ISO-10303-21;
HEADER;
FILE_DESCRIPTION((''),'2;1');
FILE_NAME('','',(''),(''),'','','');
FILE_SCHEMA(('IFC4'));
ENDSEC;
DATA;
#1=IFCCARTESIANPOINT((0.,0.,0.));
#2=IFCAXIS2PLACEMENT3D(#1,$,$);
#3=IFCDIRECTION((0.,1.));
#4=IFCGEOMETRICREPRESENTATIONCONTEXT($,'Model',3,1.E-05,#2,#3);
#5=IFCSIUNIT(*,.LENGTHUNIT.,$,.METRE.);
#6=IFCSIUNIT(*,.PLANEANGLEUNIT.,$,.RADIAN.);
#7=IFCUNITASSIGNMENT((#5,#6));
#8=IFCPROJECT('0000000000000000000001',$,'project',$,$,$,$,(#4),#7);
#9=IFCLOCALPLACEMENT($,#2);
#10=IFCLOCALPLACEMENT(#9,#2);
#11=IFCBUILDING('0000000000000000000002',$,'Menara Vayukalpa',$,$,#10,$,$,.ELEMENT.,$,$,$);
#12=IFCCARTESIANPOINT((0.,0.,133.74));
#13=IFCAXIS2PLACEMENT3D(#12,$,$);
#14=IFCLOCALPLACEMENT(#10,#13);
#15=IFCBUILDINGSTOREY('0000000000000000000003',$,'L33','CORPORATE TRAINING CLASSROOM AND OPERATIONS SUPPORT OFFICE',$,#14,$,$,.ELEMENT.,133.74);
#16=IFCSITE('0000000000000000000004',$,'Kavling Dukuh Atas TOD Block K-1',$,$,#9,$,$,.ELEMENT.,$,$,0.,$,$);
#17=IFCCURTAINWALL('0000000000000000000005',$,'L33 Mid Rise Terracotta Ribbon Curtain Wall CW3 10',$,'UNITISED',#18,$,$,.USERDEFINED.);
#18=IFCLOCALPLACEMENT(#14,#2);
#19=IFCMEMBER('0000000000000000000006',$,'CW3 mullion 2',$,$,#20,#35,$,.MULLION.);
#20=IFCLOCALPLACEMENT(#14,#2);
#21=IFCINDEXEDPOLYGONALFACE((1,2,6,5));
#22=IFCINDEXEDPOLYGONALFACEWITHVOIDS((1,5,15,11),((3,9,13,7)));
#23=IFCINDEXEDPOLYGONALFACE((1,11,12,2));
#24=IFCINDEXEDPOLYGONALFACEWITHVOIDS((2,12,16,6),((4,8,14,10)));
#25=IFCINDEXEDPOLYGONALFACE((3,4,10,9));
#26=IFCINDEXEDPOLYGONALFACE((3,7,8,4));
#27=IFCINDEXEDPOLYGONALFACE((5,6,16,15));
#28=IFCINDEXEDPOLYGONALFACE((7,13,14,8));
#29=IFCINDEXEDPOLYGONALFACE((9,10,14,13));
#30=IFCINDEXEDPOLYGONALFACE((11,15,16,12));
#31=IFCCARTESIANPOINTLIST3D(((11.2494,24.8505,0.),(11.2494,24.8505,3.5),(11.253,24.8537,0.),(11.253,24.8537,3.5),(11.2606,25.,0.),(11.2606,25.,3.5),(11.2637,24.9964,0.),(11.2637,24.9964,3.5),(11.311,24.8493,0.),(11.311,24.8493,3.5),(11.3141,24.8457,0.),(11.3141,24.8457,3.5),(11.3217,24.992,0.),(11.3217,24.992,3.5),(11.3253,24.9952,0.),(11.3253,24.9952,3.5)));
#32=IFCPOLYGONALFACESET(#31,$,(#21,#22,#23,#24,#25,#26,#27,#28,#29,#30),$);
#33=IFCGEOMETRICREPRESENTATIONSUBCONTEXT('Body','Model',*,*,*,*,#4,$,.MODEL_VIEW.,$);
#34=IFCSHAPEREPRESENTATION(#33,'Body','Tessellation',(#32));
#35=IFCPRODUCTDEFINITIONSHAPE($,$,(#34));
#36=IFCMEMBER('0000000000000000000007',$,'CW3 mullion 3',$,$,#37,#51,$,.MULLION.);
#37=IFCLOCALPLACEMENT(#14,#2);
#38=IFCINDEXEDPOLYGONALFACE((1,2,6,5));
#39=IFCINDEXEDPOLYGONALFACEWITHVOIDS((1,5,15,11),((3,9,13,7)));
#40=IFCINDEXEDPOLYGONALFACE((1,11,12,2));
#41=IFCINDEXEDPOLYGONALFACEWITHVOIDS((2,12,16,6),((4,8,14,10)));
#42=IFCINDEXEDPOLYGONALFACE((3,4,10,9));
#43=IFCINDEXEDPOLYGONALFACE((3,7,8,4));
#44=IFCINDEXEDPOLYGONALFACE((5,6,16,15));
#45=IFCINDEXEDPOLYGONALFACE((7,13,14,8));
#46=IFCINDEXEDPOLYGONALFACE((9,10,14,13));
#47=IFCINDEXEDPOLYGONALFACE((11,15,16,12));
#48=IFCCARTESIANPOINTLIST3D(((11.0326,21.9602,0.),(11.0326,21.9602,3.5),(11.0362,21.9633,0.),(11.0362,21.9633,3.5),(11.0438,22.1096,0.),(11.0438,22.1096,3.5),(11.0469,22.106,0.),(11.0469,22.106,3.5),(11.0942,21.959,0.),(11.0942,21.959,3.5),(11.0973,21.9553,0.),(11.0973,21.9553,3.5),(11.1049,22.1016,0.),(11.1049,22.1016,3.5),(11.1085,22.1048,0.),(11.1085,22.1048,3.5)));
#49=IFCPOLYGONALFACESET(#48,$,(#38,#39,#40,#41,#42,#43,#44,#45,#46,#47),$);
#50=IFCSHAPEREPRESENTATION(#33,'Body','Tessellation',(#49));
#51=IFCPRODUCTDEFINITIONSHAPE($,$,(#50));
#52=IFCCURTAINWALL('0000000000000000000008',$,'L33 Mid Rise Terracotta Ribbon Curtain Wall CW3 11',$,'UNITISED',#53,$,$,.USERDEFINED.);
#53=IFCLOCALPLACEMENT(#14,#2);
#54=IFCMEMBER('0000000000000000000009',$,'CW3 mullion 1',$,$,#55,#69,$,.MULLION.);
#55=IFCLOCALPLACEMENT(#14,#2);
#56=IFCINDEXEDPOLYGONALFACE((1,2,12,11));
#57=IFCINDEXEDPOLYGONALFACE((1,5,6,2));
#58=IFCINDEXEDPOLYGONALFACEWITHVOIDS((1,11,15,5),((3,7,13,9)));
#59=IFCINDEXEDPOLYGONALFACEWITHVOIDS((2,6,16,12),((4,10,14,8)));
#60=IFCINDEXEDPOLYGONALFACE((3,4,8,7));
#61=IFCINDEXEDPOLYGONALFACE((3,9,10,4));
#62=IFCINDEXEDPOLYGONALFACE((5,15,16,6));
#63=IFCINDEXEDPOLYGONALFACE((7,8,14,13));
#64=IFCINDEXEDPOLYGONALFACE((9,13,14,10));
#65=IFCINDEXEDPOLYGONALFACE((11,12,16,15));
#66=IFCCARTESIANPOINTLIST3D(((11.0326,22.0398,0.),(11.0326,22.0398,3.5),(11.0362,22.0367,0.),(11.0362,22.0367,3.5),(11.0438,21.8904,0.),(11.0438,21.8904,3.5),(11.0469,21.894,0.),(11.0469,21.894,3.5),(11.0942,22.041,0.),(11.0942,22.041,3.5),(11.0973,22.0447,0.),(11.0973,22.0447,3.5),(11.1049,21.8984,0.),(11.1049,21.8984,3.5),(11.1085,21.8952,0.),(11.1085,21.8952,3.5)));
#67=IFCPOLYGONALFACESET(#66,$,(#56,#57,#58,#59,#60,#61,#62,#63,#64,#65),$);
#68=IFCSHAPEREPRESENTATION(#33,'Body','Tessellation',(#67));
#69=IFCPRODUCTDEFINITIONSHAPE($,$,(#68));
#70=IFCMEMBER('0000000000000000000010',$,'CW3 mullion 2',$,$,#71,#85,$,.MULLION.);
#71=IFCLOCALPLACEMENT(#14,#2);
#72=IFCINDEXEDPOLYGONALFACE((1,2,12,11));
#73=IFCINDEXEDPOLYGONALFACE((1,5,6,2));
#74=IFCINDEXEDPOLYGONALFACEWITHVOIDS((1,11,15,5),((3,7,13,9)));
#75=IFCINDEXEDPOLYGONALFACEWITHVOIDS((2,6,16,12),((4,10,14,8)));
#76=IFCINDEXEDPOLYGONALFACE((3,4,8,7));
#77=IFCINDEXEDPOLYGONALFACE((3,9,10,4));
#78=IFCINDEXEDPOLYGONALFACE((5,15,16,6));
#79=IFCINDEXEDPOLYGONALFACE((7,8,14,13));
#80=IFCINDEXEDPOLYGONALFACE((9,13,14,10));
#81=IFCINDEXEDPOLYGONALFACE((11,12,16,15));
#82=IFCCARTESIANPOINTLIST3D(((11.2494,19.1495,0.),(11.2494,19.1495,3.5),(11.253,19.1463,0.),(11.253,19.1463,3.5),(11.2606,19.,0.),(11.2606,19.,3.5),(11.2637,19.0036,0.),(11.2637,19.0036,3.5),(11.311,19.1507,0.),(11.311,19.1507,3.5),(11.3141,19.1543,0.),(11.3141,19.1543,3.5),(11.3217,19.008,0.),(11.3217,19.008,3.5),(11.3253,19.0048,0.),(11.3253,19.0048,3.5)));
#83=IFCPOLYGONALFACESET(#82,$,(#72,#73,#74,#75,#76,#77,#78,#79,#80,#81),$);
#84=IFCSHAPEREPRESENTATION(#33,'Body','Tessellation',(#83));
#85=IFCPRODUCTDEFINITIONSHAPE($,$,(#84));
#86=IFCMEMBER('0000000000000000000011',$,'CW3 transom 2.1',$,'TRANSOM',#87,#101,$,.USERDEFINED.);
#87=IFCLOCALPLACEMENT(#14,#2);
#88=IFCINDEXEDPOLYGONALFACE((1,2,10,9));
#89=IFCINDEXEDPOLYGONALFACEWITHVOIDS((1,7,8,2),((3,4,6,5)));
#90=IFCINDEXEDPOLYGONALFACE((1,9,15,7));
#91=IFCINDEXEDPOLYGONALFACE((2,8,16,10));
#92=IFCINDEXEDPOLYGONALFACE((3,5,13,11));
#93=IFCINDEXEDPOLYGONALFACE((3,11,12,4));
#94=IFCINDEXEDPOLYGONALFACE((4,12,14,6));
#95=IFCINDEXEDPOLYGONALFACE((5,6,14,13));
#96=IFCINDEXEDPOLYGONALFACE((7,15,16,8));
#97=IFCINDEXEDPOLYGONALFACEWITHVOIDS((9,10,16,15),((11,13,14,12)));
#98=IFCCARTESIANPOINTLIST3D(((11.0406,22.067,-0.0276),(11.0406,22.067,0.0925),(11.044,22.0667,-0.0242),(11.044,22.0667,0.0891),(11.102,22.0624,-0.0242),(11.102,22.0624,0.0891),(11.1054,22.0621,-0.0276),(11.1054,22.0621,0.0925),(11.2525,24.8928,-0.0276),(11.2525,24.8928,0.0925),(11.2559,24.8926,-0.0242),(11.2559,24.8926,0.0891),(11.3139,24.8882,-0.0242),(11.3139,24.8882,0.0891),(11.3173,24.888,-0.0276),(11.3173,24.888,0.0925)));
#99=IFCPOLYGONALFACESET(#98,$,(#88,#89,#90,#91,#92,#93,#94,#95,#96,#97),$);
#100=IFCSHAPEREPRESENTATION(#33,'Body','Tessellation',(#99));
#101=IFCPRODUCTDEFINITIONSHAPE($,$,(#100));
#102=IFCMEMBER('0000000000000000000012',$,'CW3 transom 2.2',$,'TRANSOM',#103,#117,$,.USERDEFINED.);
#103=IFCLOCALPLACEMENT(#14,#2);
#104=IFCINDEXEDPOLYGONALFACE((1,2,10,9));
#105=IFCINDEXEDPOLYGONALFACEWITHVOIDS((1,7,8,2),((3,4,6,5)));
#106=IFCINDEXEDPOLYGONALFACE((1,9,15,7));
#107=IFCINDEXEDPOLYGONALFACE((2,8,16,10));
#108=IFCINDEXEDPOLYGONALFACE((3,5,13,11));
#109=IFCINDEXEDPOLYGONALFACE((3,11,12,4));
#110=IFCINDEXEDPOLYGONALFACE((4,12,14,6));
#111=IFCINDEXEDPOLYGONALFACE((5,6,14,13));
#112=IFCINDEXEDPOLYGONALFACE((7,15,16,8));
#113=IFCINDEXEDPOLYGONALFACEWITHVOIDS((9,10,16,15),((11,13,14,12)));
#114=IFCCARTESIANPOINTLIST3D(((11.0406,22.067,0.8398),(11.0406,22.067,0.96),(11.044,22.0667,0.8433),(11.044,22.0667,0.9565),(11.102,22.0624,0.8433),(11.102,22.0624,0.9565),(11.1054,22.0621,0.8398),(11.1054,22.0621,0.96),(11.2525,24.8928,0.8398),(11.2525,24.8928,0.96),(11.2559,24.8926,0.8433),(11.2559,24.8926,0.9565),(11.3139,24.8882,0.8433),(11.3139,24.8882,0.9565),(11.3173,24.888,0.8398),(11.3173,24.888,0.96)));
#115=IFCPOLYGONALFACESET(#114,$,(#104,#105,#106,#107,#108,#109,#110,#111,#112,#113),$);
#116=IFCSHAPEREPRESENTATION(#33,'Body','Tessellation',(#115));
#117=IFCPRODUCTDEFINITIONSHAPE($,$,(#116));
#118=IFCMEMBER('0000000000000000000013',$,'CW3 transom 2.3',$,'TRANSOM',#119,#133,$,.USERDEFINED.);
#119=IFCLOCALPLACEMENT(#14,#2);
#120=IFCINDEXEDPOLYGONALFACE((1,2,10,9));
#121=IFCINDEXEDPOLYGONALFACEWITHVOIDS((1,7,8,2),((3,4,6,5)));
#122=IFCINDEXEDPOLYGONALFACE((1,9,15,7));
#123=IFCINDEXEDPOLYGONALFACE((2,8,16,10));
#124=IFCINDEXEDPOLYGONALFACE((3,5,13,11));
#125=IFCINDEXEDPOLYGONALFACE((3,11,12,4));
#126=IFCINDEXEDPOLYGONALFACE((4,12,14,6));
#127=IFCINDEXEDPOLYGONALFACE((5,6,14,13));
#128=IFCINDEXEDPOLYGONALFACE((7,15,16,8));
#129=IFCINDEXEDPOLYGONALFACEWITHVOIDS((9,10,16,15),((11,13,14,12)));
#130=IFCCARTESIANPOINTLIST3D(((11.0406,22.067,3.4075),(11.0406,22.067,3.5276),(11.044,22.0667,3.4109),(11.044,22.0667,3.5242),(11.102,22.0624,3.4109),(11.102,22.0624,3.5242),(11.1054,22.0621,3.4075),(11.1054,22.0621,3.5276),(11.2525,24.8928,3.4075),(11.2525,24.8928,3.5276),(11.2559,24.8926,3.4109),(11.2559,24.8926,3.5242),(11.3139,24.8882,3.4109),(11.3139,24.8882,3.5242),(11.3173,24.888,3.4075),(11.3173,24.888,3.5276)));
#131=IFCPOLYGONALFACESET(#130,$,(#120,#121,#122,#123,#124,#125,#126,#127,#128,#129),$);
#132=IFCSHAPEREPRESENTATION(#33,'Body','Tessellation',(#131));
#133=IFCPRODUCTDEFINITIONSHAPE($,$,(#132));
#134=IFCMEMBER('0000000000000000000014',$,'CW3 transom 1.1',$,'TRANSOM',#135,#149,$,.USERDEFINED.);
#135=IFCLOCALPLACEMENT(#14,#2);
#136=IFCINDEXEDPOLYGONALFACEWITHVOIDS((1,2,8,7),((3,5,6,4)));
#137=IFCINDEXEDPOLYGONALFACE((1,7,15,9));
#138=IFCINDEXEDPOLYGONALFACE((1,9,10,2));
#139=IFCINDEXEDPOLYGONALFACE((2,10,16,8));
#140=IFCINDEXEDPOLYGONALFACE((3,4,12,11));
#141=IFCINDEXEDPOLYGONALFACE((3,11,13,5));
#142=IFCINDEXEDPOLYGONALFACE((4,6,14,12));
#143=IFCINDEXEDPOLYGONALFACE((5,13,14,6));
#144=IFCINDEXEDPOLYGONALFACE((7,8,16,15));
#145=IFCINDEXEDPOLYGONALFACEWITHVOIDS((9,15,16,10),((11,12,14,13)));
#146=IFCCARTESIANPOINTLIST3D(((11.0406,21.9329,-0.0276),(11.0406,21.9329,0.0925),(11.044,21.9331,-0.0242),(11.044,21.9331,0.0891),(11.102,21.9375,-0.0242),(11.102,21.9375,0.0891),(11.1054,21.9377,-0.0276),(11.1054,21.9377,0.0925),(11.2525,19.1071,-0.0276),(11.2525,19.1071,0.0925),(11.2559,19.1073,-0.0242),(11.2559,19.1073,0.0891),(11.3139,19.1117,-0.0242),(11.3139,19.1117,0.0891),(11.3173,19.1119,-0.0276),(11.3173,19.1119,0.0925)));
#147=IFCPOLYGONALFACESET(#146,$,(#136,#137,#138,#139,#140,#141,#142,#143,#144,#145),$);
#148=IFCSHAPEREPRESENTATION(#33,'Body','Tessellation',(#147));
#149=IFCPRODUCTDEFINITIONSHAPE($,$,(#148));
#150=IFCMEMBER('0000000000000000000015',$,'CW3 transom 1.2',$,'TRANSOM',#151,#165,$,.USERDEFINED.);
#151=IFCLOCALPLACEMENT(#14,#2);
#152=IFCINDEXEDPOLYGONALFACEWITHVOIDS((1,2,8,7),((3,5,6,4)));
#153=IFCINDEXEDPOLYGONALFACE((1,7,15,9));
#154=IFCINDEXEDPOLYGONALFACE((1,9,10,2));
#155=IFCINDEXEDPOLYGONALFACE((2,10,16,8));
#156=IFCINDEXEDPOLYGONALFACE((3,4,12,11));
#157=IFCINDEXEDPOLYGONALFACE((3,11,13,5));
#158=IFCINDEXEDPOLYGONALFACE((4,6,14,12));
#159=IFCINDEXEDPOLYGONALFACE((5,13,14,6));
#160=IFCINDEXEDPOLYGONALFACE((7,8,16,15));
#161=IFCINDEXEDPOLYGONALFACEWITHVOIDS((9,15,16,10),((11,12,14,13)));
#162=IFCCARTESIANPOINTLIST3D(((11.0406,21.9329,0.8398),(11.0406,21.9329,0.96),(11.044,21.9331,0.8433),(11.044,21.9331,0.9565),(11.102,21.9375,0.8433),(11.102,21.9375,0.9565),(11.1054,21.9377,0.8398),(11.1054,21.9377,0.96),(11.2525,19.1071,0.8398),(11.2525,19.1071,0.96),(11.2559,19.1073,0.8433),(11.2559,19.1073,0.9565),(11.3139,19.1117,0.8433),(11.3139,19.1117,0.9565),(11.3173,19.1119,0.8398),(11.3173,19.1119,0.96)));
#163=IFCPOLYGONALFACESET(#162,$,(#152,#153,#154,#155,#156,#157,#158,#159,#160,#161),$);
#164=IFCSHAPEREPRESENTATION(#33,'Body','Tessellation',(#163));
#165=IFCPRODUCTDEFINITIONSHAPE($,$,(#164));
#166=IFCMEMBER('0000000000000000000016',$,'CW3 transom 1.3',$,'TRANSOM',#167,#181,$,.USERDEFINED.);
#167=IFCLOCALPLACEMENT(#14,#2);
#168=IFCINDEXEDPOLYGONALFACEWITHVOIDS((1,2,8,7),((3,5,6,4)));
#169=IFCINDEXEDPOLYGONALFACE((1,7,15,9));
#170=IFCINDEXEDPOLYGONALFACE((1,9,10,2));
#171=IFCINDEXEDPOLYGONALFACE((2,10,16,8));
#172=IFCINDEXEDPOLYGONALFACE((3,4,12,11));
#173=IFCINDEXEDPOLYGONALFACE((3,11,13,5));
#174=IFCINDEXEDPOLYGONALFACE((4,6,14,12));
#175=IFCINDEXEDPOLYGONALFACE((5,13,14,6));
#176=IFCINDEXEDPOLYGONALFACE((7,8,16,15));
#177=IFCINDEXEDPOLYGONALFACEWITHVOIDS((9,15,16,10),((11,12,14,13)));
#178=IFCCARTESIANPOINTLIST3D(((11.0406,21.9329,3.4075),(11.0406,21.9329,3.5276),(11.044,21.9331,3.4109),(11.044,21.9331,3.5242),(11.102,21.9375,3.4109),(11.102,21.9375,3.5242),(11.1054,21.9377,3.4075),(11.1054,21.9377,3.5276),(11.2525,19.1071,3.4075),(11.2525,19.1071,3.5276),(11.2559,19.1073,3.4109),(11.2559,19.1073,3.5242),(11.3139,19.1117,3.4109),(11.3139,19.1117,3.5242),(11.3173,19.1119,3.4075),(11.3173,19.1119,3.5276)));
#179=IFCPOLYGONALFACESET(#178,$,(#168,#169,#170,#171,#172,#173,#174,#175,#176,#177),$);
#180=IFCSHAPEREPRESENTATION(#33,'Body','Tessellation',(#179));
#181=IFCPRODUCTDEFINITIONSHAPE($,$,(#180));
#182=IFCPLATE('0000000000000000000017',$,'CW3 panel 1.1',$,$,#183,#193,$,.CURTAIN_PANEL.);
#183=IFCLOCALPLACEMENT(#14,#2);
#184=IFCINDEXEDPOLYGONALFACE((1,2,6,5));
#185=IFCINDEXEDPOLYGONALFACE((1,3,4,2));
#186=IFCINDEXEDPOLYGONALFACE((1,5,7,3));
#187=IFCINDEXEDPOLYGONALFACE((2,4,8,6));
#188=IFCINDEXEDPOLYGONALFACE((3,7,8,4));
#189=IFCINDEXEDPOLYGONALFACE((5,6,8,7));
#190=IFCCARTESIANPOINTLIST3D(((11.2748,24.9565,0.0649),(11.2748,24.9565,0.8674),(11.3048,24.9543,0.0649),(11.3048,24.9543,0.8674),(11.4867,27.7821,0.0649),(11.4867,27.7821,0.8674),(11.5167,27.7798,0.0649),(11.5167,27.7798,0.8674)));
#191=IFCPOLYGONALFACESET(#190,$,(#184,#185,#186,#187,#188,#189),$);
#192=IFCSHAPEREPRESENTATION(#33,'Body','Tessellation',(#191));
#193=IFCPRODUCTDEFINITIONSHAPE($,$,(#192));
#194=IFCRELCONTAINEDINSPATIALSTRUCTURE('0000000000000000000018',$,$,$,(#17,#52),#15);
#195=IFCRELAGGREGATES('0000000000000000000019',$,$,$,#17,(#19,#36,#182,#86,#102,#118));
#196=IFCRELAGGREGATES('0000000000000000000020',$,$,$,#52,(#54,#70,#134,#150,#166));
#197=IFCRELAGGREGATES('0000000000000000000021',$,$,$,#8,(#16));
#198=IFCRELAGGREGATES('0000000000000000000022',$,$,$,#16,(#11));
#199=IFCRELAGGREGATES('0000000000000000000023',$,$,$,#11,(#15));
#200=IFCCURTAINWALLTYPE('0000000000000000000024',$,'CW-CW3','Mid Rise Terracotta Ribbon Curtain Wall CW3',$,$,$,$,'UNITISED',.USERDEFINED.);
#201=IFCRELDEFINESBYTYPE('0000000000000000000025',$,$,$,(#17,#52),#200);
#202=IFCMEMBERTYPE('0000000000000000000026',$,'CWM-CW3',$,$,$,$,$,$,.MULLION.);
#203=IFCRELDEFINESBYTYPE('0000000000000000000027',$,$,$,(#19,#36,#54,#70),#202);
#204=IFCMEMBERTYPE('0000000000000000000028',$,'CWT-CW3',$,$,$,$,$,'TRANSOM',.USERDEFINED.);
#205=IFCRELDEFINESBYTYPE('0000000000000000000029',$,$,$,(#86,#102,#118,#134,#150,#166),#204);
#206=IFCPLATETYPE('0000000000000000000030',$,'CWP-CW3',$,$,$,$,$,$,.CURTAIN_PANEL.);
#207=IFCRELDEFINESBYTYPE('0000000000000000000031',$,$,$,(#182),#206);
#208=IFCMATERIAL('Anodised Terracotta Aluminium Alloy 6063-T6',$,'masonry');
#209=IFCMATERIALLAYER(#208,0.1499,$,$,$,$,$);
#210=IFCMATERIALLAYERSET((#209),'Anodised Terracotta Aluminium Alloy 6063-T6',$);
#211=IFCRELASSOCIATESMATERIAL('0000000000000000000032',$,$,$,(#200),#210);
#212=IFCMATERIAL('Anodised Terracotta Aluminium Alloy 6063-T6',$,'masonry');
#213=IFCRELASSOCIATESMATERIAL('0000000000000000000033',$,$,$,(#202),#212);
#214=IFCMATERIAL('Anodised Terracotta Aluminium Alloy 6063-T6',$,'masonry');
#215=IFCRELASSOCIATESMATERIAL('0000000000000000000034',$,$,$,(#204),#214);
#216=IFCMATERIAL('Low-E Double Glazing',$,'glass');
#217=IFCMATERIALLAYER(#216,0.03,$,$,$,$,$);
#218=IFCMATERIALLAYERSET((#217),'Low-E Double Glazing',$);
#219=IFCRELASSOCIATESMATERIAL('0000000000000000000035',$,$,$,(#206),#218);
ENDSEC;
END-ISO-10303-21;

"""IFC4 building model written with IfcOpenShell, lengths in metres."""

from ifc_helpers import new_model, si_unit, direction, frame, origin, origin_2d, place, context, subcontext, project, spatial, rectangle, hollow_rectangle, extrude, material, layer, layer_set, material_profile, profile_set, type_object, element, aggregate, save


model = new_model("IFC4")

# Units and contexts
model_context = context("Model", 3, precision=1e-05, world=origin(), true_north=direction((0.0, 1.0)))
body_context = subcontext(model_context, "Body", "Model", "MODEL_VIEW")
ifc_project = project(units=[si_unit("LENGTHUNIT", "METRE"), si_unit("PLANEANGLEUNIT", "RADIAN")], contexts=[model_context])

# Site, building, storey
site_placement = place(None, origin())
site = spatial("IfcSite", under=ifc_project, at=site_placement, Name="Kavling Dukuh Atas TOD Block K-1", CompositionType="ELEMENT", RefElevation=0.0)
building_placement = place(site_placement, origin())
building = spatial("IfcBuilding", under=site, at=building_placement, Name="Menara Vayukalpa", CompositionType="ELEMENT")
storey_placement = place(building_placement, frame((0.0, 0.0, 133.74)))
storey = spatial("IfcBuildingStorey", under=building, at=storey_placement, Name="L33", Description="CORPORATE TRAINING CLASSROOM AND OPERATIONS SUPPORT OFFICE", CompositionType="ELEMENT", Elevation=133.74)

# Curtain walls, members
ifc_material_1 = material(Name="Anodised Terracotta Aluminium Alloy 6063-T6", Category="masonry")
ifc_layer_1 = layer(ifc_material_1, 0.1499)
ifc_layer_set_1 = layer_set([ifc_layer_1], Name="Anodised Terracotta Aluminium Alloy 6063-T6")
curtain_wall_type = type_object("IfcCurtainWallType", Name="CW-CW3", Description="Mid Rise Terracotta Ribbon Curtain Wall CW3", ElementType="UNITISED", PredefinedType="USERDEFINED", material=ifc_layer_set_1)
curtain_wall_1_placement = place(storey_placement, origin())
curtain_wall_1 = element("IfcCurtainWall", 1, at=curtain_wall_1_placement, inside=storey, type_object=curtain_wall_type, Name="L33 Mid Rise Terracotta Ribbon Curtain Wall CW3 10", ObjectType="UNITISED", PredefinedType="USERDEFINED")
ifc_material_2 = material(Name="Anodised Terracotta Aluminium Alloy 6063-T6", Category="masonry")
ifc_material_profile_1 = material_profile(ifc_material_2, hollow_rectangle(XDim=0.0649, YDim=0.1499, WallThickness=0.0034, at=origin_2d()), Name="ALU 65x150x3.5")
ifc_profile_set_1 = profile_set([ifc_material_profile_1], Name="Anodised Terracotta Aluminium Alloy 6063-T6")
member_type_1 = type_object("IfcMemberType", Name="CWM-CW3", PredefinedType="MULLION", material=ifc_profile_set_1)
member_1_placement = place(storey_placement, frame((11.2874, 24.9229, 0.0), z_axis=(0.0, 0.0, 1.0), x_axis=(0.9972, -0.074785, 0.0)))
member_1 = element("IfcMember", 2, at=member_1_placement, type_object=member_type_1, Name="CW3 mullion 2", PredefinedType="MULLION", context=body_context, shape_type="SweptSolid", body=[
    extrude(hollow_rectangle(XDim=0.0649, YDim=0.1499, WallThickness=0.0034, at=origin_2d()), origin(), (0.0, 0.0, 1.0), 3.5),
])
member_2_placement = place(storey_placement, frame((11.0706, 22.0325, 0.0), z_axis=(0.0, 0.0, 1.0), x_axis=(0.9972, -0.074785, 0.0)))
member_2 = element("IfcMember", 3, at=member_2_placement, type_object=member_type_1, Name="CW3 mullion 3", PredefinedType="MULLION", context=body_context, shape_type="SweptSolid", body=[
    extrude(hollow_rectangle(XDim=0.0649, YDim=0.1499, WallThickness=0.0034, at=origin_2d()), origin(), (0.0, 0.0, 1.0), 3.5),
])
curtain_wall_2_placement = place(storey_placement, origin())
curtain_wall_2 = element("IfcCurtainWall", 4, at=curtain_wall_2_placement, inside=storey, type_object=curtain_wall_type, Name="L33 Mid Rise Terracotta Ribbon Curtain Wall CW3 11", ObjectType="UNITISED", PredefinedType="USERDEFINED")
member_3_placement = place(storey_placement, frame((11.0706, 21.9675, 0.0), z_axis=(0.0, 0.0, 1.0), x_axis=(0.9972, 0.074785, 0.0)))
member_3 = element("IfcMember", 5, at=member_3_placement, type_object=member_type_1, Name="CW3 mullion 1", PredefinedType="MULLION", context=body_context, shape_type="SweptSolid", body=[
    extrude(hollow_rectangle(XDim=0.0649, YDim=0.1499, WallThickness=0.0034, at=origin_2d()), origin(), (0.0, 0.0, 1.0), 3.5),
])
member_4_placement = place(storey_placement, frame((11.2874, 19.0771, 0.0), z_axis=(0.0, 0.0, 1.0), x_axis=(0.9972, 0.074785, 0.0)))
member_4 = element("IfcMember", 6, at=member_4_placement, type_object=member_type_1, Name="CW3 mullion 2", PredefinedType="MULLION", context=body_context, shape_type="SweptSolid", body=[
    extrude(hollow_rectangle(XDim=0.0649, YDim=0.1499, WallThickness=0.0034, at=origin_2d()), origin(), (0.0, 0.0, 1.0), 3.5),
])

# Members
ifc_material_3 = material(Name="Anodised Terracotta Aluminium Alloy 6063-T6", Category="masonry")
ifc_material_profile_2 = material_profile(ifc_material_3, hollow_rectangle(XDim=0.0649, YDim=0.1201, WallThickness=0.0034, at=origin_2d()), Name="ALU 65x120x3.5")
ifc_profile_set_2 = profile_set([ifc_material_profile_2], Name="Anodised Terracotta Aluminium Alloy 6063-T6")
member_type_2 = type_object("IfcMemberType", Name="CWT-CW3", ElementType="TRANSOM", PredefinedType="USERDEFINED", material=ifc_profile_set_2)
member_5_placement = place(storey_placement, frame((11.2849, 24.8904, 0.0325), z_axis=(-0.074786, -0.9972, 0.0), x_axis=(0.9972, -0.074786, 0.0)))
member_5 = element("IfcMember", 7, at=member_5_placement, type_object=member_type_2, Name="CW3 transom 2.1", ObjectType="TRANSOM", PredefinedType="USERDEFINED", context=body_context, shape_type="SweptSolid", body=[
    extrude(hollow_rectangle(XDim=0.0649, YDim=0.1201, WallThickness=0.0034, at=origin_2d()), origin(), (0.0, 0.0, 1.0), 2.8337),
])
member_6_placement = place(storey_placement, frame((11.2849, 24.8904, 0.8999), z_axis=(-0.074786, -0.9972, 0.0), x_axis=(0.9972, -0.074786, 0.0)))
member_6 = element("IfcMember", 8, at=member_6_placement, type_object=member_type_2, Name="CW3 transom 2.2", ObjectType="TRANSOM", PredefinedType="USERDEFINED", context=body_context, shape_type="SweptSolid", body=[
    extrude(hollow_rectangle(XDim=0.0649, YDim=0.1201, WallThickness=0.0034, at=origin_2d()), origin(), (0.0, 0.0, 1.0), 2.8337),
])
member_7_placement = place(storey_placement, frame((11.2849, 24.8904, 3.4675), z_axis=(-0.074786, -0.9972, 0.0), x_axis=(0.9972, -0.074786, 0.0)))
member_7 = element("IfcMember", 9, at=member_7_placement, type_object=member_type_2, Name="CW3 transom 2.3", ObjectType="TRANSOM", PredefinedType="USERDEFINED", context=body_context, shape_type="SweptSolid", body=[
    extrude(hollow_rectangle(XDim=0.0649, YDim=0.1201, WallThickness=0.0034, at=origin_2d()), origin(), (0.0, 0.0, 1.0), 2.8337),
])
member_8_placement = place(storey_placement, frame((11.073, 21.9353, 0.0325), z_axis=(0.074786, -0.9972, 0.0), x_axis=(0.9972, 0.074786, 0.0)))
member_8 = element("IfcMember", 10, at=member_8_placement, type_object=member_type_2, Name="CW3 transom 1.1", ObjectType="TRANSOM", PredefinedType="USERDEFINED", context=body_context, shape_type="SweptSolid", body=[
    extrude(hollow_rectangle(XDim=0.0649, YDim=0.1201, WallThickness=0.0034, at=origin_2d()), origin(), (0.0, 0.0, 1.0), 2.8337),
])
member_9_placement = place(storey_placement, frame((11.073, 21.9353, 0.8999), z_axis=(0.074786, -0.9972, 0.0), x_axis=(0.9972, 0.074786, 0.0)))
member_9 = element("IfcMember", 11, at=member_9_placement, type_object=member_type_2, Name="CW3 transom 1.2", ObjectType="TRANSOM", PredefinedType="USERDEFINED", context=body_context, shape_type="SweptSolid", body=[
    extrude(hollow_rectangle(XDim=0.0649, YDim=0.1201, WallThickness=0.0034, at=origin_2d()), origin(), (0.0, 0.0, 1.0), 2.8337),
])
member_10_placement = place(storey_placement, frame((11.073, 21.9353, 3.4675), z_axis=(0.074786, -0.9972, 0.0), x_axis=(0.9972, 0.074786, 0.0)))
member_10 = element("IfcMember", 12, at=member_10_placement, type_object=member_type_2, Name="CW3 transom 1.3", ObjectType="TRANSOM", PredefinedType="USERDEFINED", context=body_context, shape_type="SweptSolid", body=[
    extrude(hollow_rectangle(XDim=0.0649, YDim=0.1201, WallThickness=0.0034, at=origin_2d()), origin(), (0.0, 0.0, 1.0), 2.8337),
])

# Plate
ifc_material_4 = material(Name="Low-E Double Glazing", Category="glass")
ifc_layer_2 = layer(ifc_material_4, 0.03)
ifc_layer_set_2 = layer_set([ifc_layer_2], Name="Low-E Double Glazing")
plate_type = type_object("IfcPlateType", Name="CWP-CW3", PredefinedType="CURTAIN_PANEL", material=ifc_layer_set_2)
plate_1_placement = place(storey_placement, frame((11.3958, 26.3682, 0.0649), z_axis=(0.0, 0.0, 1.0), x_axis=(-0.074785, -0.9972, 0.0)))
plate_1 = element("IfcPlate", 13, at=plate_1_placement, type_object=plate_type, Name="CW3 panel 1.1", PredefinedType="CURTAIN_PANEL", context=body_context, shape_type="SweptSolid", body=[
    extrude(rectangle(XDim=2.8335, YDim=0.03, at=origin_2d()), origin(), (0.0, 0.0, 1.0), 0.8025),
])
aggregate(curtain_wall_1, [member_1, member_2, plate_1, member_5, member_6, member_7])
aggregate(curtain_wall_2, [member_3, member_4, member_8, member_9, member_10])

save(model, "model.ifc")
